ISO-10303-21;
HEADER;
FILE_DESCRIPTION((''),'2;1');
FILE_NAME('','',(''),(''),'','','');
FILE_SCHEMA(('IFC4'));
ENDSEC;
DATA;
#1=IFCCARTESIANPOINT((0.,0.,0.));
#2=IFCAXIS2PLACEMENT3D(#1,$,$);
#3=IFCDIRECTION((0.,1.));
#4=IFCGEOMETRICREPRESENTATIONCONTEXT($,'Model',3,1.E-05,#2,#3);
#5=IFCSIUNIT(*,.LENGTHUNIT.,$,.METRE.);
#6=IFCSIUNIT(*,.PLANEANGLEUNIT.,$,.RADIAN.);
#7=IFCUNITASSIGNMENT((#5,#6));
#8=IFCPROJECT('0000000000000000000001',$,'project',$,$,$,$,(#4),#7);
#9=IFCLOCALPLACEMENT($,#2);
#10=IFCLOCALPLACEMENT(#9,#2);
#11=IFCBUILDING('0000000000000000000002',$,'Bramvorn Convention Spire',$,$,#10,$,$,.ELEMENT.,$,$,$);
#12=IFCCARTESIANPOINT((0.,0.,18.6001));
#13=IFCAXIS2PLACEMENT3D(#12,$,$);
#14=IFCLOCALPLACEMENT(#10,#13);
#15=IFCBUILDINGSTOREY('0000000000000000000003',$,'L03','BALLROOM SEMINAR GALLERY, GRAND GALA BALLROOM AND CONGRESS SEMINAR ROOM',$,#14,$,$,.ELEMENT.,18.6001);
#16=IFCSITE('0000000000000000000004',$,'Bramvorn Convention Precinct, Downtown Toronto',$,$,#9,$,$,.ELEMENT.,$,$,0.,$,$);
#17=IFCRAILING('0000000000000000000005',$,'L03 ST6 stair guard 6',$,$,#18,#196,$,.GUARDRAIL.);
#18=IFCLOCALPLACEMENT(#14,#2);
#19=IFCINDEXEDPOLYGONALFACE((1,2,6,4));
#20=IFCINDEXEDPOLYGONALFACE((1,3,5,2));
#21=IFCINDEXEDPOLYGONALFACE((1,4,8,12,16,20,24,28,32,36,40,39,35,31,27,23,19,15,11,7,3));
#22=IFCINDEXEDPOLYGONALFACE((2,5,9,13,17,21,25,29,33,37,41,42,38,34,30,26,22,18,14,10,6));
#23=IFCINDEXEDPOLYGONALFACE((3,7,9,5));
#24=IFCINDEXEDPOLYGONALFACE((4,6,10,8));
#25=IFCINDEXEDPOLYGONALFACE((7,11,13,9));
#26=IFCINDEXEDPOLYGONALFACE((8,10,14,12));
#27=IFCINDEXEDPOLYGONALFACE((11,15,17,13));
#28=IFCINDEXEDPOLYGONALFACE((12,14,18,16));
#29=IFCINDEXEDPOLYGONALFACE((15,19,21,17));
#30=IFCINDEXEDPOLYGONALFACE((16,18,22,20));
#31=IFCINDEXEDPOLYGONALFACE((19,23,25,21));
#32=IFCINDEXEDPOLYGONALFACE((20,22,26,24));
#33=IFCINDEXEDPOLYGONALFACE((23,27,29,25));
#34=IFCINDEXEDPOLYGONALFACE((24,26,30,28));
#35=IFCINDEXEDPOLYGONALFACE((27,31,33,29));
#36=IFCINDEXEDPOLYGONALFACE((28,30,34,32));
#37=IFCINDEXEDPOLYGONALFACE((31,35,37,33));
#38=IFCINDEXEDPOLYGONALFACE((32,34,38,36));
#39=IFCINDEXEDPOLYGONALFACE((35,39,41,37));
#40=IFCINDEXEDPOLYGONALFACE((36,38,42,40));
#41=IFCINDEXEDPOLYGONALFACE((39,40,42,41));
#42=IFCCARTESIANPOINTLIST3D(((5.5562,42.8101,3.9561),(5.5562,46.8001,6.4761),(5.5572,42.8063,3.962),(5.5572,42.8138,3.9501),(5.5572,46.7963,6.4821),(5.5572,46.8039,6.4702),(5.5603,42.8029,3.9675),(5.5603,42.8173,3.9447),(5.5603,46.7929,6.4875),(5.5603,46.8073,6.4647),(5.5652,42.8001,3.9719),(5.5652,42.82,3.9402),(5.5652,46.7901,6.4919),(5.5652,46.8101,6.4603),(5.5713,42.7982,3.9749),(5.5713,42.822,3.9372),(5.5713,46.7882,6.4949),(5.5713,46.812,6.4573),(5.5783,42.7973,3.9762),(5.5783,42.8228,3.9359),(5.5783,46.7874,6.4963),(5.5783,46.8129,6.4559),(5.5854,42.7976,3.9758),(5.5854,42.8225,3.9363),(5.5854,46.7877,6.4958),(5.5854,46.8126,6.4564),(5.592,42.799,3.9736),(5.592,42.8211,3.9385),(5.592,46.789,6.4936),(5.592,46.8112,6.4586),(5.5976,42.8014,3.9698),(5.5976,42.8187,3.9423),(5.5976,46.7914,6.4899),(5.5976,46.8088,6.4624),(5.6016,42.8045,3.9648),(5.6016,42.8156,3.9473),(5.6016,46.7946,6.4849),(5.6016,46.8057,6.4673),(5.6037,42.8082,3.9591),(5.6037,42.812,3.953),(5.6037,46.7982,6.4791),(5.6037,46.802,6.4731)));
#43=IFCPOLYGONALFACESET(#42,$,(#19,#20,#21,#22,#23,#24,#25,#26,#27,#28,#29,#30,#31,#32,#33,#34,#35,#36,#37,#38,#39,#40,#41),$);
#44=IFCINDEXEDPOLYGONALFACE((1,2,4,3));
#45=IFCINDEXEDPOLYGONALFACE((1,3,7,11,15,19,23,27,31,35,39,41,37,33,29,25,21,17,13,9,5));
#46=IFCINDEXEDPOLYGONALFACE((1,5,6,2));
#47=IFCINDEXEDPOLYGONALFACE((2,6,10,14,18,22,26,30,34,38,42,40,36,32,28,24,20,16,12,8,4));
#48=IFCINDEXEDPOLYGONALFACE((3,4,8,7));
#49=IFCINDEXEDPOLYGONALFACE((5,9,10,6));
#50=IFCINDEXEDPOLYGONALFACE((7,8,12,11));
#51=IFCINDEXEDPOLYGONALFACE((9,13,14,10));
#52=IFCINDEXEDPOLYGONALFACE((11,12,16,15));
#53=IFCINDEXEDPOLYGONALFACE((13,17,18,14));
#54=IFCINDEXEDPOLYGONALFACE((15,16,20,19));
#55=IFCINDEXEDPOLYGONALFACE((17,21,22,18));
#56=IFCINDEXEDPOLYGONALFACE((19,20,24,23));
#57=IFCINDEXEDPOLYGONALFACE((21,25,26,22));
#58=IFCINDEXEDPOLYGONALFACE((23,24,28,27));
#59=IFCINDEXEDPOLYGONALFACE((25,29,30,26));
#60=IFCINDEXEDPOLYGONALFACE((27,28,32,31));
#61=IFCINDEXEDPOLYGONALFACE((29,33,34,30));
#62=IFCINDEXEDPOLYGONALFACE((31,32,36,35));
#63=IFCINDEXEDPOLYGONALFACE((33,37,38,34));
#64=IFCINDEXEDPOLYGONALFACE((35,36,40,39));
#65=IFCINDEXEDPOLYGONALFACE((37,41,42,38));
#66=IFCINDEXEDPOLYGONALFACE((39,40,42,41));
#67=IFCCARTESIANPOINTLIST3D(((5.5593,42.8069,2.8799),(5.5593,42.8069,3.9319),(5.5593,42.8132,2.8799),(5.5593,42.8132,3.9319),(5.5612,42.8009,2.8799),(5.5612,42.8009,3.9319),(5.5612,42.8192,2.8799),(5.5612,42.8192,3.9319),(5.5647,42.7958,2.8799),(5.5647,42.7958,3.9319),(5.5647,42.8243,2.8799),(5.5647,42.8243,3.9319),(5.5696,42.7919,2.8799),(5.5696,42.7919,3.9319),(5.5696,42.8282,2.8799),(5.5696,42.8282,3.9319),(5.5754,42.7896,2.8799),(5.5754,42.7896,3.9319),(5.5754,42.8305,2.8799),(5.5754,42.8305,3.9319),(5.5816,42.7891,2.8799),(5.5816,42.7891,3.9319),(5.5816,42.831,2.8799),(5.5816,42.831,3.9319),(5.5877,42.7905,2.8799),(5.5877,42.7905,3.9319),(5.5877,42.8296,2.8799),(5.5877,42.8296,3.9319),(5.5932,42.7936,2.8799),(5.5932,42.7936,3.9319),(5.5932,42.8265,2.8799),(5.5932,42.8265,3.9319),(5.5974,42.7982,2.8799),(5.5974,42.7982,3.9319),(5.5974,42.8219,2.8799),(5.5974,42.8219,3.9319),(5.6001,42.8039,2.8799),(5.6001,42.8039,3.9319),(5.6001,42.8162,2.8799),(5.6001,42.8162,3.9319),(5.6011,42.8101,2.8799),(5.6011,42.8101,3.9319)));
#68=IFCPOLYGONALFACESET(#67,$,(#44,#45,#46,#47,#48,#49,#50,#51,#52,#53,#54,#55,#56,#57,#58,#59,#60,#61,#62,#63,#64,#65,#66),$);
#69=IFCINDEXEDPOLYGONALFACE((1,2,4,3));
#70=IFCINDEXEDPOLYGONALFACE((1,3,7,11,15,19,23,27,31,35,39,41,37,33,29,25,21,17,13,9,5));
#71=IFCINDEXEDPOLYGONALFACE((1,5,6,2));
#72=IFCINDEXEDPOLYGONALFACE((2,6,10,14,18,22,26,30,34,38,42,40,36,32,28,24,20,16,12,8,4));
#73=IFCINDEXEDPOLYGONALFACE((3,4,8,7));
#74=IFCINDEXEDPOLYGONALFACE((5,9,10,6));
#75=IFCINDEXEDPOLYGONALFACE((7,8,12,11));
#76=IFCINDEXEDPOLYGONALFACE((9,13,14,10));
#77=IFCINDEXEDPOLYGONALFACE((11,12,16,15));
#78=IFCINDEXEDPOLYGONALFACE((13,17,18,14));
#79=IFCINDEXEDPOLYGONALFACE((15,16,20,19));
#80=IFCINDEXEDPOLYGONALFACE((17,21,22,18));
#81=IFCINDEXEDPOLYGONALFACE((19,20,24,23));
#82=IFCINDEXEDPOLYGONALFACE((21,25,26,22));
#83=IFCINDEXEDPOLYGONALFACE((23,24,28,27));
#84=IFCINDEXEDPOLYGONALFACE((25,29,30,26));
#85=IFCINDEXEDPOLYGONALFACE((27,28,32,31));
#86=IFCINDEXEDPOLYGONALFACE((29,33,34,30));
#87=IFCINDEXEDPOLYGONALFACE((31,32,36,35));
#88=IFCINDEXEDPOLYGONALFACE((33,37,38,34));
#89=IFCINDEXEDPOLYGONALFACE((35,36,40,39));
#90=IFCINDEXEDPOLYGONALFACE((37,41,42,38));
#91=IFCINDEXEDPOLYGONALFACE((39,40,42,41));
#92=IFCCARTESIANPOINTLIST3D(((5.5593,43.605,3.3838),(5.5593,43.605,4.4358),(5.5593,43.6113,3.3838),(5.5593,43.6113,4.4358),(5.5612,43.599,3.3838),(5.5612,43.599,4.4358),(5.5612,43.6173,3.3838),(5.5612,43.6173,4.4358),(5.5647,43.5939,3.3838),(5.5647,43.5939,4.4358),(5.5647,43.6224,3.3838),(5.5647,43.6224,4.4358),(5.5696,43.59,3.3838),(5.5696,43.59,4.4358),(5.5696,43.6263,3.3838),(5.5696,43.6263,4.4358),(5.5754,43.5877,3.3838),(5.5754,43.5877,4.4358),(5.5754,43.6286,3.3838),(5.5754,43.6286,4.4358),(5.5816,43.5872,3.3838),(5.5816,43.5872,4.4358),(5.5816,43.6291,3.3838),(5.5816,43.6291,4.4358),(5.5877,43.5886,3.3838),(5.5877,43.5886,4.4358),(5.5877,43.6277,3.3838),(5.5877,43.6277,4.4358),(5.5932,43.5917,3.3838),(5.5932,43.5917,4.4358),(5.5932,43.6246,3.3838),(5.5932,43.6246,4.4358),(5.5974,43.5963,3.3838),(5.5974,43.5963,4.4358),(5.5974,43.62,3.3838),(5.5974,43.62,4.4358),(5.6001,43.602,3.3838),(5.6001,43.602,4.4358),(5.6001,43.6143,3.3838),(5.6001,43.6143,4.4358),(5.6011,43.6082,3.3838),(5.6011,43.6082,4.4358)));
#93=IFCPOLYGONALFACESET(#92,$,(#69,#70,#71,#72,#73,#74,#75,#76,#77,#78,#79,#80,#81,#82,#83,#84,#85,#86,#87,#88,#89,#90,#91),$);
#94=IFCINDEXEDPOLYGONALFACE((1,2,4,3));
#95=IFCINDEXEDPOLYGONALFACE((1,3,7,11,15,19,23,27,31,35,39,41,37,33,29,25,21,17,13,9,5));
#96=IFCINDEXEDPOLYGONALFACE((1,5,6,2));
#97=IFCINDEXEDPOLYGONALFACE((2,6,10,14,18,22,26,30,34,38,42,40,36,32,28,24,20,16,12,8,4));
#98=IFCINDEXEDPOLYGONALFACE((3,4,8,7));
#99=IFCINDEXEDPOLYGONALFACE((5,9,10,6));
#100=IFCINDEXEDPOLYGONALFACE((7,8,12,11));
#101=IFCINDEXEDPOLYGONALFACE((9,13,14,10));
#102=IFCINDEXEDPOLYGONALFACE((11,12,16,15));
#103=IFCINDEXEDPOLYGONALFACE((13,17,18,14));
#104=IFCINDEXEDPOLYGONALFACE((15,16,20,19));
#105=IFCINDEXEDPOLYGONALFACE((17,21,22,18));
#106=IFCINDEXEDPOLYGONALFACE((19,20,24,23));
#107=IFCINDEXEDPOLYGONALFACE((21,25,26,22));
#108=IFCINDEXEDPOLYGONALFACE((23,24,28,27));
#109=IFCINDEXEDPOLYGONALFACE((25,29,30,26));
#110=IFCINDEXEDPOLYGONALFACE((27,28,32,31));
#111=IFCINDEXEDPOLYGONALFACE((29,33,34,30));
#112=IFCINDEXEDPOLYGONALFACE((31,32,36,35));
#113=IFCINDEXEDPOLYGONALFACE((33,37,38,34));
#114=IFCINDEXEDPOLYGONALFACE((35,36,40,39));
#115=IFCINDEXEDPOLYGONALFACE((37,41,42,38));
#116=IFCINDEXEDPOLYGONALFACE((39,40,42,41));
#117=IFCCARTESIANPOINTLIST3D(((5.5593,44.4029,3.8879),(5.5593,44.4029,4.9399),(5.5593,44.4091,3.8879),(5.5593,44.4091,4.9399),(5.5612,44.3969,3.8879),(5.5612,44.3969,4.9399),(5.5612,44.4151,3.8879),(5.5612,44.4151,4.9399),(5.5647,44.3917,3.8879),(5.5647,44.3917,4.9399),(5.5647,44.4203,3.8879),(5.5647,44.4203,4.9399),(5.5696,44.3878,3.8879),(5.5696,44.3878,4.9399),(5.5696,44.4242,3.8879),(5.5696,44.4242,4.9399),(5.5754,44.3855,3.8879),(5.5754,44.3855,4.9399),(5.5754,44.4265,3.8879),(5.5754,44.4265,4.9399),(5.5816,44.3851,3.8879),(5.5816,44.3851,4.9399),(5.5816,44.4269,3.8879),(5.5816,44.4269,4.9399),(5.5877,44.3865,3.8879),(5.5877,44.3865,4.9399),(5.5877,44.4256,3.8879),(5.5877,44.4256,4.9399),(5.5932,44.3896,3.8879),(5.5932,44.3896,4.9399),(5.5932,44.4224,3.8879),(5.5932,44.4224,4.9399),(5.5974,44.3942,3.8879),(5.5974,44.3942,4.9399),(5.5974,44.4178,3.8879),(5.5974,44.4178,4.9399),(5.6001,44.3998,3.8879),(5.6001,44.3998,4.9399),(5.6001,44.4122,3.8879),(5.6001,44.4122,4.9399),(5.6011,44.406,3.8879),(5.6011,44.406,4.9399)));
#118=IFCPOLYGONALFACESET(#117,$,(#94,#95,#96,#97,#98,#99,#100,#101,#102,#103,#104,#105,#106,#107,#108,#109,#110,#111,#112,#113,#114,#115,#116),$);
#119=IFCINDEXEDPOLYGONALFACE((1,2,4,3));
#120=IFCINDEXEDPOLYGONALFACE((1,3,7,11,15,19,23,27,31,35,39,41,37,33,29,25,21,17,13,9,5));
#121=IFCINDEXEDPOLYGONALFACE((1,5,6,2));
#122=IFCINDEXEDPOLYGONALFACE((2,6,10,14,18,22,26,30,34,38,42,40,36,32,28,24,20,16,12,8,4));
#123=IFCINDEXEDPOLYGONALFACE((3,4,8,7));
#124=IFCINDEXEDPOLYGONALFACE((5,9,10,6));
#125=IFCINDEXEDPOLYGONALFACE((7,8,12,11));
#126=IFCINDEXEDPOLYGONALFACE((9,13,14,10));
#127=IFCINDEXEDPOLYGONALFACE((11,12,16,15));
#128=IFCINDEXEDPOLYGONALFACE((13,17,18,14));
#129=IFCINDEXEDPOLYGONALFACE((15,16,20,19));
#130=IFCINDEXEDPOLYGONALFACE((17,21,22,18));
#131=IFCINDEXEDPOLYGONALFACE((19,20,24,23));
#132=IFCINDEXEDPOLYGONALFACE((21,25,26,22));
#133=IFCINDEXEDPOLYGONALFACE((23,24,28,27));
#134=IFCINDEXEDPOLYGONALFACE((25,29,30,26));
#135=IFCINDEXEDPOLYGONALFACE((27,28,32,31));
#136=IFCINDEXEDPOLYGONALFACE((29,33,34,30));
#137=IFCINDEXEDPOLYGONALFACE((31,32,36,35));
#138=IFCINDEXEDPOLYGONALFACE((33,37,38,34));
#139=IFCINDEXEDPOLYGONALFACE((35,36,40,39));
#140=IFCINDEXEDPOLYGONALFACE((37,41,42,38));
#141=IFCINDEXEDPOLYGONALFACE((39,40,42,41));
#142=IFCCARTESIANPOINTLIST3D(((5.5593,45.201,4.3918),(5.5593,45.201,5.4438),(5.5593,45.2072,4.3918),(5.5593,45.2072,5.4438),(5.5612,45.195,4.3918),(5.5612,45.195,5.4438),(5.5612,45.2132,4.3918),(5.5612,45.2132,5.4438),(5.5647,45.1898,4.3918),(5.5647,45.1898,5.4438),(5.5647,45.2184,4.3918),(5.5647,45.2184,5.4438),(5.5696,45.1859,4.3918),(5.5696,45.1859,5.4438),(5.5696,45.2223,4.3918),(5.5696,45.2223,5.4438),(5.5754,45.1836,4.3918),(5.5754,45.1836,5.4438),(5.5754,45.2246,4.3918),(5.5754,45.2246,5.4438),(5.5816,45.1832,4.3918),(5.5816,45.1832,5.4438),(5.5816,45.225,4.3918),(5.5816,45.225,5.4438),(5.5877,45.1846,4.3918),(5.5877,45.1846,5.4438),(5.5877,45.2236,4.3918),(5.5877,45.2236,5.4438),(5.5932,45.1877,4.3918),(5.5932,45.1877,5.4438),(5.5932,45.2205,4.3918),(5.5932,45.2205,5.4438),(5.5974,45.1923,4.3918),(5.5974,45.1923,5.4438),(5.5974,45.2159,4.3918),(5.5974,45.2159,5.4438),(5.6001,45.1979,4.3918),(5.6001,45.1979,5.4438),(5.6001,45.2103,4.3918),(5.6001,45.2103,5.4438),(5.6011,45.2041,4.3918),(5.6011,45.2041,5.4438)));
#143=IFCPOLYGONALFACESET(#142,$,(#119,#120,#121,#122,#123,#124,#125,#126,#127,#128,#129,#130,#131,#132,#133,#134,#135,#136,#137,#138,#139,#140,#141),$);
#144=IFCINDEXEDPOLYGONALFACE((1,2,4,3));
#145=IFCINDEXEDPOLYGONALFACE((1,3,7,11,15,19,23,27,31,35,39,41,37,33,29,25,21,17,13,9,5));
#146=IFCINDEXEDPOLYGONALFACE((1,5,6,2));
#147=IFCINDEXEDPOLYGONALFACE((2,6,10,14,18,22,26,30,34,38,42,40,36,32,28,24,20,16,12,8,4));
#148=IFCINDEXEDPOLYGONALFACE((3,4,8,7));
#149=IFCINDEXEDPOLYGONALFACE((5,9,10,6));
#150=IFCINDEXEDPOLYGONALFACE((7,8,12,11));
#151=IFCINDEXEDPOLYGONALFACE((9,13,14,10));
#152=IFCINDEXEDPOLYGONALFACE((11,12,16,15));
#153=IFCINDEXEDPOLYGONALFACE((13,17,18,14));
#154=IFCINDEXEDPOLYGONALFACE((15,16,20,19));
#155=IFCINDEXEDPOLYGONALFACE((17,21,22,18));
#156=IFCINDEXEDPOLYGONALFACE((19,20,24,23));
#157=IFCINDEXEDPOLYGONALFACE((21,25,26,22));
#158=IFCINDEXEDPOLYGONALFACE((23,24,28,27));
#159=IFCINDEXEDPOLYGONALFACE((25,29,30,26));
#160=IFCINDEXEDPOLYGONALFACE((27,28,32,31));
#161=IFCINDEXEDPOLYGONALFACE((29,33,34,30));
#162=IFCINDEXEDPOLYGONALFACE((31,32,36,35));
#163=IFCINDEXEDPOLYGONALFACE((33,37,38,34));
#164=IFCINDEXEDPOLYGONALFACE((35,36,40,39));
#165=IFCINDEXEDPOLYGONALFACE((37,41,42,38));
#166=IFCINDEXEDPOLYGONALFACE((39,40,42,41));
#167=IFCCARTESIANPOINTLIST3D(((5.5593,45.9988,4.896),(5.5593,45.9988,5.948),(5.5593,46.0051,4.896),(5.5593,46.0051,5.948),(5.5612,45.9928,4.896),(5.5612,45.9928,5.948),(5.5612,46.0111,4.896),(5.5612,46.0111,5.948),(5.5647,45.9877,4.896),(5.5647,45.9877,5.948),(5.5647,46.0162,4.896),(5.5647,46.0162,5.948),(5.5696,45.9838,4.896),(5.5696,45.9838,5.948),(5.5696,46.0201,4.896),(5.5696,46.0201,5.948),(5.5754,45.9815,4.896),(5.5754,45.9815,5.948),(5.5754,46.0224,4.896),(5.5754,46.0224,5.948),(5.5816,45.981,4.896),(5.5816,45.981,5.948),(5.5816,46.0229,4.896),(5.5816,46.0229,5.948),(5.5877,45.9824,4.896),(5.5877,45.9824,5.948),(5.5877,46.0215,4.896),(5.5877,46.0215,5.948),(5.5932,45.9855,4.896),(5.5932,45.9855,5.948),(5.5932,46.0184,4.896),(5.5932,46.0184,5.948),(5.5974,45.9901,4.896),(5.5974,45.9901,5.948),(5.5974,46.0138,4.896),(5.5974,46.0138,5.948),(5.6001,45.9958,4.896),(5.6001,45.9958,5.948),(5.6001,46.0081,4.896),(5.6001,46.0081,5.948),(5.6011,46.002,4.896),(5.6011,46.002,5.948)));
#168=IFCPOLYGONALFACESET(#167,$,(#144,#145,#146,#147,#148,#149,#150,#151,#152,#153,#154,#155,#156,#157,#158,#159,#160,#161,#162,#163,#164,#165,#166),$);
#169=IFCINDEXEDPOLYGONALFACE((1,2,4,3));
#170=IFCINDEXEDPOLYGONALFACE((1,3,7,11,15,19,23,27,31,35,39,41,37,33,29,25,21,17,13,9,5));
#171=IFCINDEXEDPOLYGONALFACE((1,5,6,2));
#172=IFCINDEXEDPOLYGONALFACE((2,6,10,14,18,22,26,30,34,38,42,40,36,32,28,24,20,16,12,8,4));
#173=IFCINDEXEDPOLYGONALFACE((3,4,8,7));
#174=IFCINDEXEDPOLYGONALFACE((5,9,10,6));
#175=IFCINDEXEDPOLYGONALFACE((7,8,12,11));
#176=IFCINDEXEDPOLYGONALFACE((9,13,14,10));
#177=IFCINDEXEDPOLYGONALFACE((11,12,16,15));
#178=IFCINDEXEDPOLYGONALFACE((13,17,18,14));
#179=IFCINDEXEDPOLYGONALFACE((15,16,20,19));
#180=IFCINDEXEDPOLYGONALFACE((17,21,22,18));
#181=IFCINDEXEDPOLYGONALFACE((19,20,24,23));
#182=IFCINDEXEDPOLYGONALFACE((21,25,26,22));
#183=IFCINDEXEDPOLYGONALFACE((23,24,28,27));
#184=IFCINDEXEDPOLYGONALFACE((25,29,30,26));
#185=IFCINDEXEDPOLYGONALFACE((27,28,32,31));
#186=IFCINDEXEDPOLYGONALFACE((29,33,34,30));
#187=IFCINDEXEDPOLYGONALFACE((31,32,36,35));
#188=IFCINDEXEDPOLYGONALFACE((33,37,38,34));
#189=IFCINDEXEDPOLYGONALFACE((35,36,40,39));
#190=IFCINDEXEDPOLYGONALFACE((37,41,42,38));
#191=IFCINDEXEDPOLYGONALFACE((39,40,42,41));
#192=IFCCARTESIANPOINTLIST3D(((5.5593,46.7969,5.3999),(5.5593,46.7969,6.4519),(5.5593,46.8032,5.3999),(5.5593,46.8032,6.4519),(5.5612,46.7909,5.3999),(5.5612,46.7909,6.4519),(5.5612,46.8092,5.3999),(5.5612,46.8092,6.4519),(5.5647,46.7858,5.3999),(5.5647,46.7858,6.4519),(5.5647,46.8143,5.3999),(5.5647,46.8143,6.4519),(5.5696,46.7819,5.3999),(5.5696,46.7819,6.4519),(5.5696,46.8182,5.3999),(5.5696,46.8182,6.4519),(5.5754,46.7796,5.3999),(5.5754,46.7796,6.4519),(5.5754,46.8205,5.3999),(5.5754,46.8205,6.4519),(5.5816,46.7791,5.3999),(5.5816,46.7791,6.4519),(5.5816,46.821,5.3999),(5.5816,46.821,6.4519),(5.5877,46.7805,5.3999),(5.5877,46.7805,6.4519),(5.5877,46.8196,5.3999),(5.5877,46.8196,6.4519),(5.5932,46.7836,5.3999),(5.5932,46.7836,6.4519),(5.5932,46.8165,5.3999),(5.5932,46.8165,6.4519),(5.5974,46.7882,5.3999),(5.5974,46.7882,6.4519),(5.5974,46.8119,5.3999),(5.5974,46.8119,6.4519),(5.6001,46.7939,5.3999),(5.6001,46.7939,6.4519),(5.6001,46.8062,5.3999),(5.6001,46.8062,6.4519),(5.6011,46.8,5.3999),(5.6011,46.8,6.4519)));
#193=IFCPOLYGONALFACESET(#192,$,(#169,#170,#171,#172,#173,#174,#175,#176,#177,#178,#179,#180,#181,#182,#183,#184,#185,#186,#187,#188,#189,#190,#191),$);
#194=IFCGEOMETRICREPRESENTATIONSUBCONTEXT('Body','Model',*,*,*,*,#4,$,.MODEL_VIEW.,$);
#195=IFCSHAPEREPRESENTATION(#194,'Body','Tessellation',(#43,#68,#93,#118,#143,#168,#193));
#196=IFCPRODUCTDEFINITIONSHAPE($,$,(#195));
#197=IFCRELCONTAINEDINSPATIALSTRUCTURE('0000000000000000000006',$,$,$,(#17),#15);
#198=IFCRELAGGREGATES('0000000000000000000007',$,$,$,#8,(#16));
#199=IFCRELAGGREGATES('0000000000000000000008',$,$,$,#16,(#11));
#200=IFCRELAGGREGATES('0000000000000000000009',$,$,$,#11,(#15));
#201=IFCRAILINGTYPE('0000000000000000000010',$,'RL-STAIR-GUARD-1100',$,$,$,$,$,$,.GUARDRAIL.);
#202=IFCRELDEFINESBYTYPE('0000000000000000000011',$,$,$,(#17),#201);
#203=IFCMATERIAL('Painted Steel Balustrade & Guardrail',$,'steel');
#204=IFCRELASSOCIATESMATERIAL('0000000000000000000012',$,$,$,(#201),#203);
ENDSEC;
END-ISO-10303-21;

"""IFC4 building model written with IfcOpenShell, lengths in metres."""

from ifc_helpers import new_model, si_unit, direction, frame, origin, origin_2d, place, context, subcontext, project, spatial, circle, extrude, material, type_object, element, save


model = new_model("IFC4")

# Units and contexts
model_context = context("Model", 3, precision=1e-05, world=origin(), true_north=direction((0.0, 1.0)))
body_context = subcontext(model_context, "Body", "Model", "MODEL_VIEW")
ifc_project = project(units=[si_unit("LENGTHUNIT", "METRE"), si_unit("PLANEANGLEUNIT", "RADIAN")], contexts=[model_context])

# Site, building, storey
site_placement = place(None, origin())
site = spatial("IfcSite", under=ifc_project, at=site_placement, Name="Bramvorn Convention Precinct, Downtown Toronto", CompositionType="ELEMENT", RefElevation=0.0)
building_placement = place(site_placement, origin())
building = spatial("IfcBuilding", under=site, at=building_placement, Name="Bramvorn Convention Spire", CompositionType="ELEMENT")
storey_placement = place(building_placement, frame((0.0, 0.0, 18.6001)))
storey = spatial("IfcBuildingStorey", under=building, at=storey_placement, Name="L03", Description="BALLROOM SEMINAR GALLERY, GRAND GALA BALLROOM AND CONGRESS SEMINAR ROOM", CompositionType="ELEMENT", Elevation=18.6001)

# Railing
ifc_material_1 = material(Name="Painted Steel Balustrade & Guardrail", Category="steel")
railing_type = type_object("IfcRailingType", Name="RL-STAIR-GUARD-1100", PredefinedType="GUARDRAIL", material=ifc_material_1)
railing_1_placement = place(storey_placement, frame((5.5801, 42.8101, 2.8799)))
element("IfcRailing", 1, at=railing_1_placement, inside=storey, type_object=railing_type, Name="L03 ST6 stair guard 6", PredefinedType="GUARDRAIL", context=body_context, shape_type="SweptSolid", body=[
    extrude(circle(Radius=0.0239, at=origin_2d()), frame((0.0, 0.0, 1.0762), z_axis=(0.0, 0.845486, 0.533997), x_axis=(-1.0, 0.0, 0.0)), (0.0, 0.0, 1.0), 4.7192),
    extrude(circle(Radius=0.021, at=origin_2d()), origin(), (0.0, 0.0, 1.0), 1.052),
    extrude(circle(Radius=0.021, at=origin_2d()), frame((0.0, 0.7981, 0.5039)), (0.0, 0.0, 1.0), 1.052),
    extrude(circle(Radius=0.021, at=origin_2d()), frame((0.0, 1.5959, 1.0081)), (0.0, 0.0, 1.0), 1.052),
    extrude(circle(Radius=0.021, at=origin_2d()), frame((0.0, 2.394, 1.512)), (0.0, 0.0, 1.0), 1.052),
    extrude(circle(Radius=0.021, at=origin_2d()), frame((0.0, 3.1919, 2.0161)), (0.0, 0.0, 1.0), 1.052),
    extrude(circle(Radius=0.021, at=origin_2d()), frame((0.0, 3.99, 2.52)), (0.0, 0.0, 1.0), 1.052),
])

save(model, "model.ifc")
